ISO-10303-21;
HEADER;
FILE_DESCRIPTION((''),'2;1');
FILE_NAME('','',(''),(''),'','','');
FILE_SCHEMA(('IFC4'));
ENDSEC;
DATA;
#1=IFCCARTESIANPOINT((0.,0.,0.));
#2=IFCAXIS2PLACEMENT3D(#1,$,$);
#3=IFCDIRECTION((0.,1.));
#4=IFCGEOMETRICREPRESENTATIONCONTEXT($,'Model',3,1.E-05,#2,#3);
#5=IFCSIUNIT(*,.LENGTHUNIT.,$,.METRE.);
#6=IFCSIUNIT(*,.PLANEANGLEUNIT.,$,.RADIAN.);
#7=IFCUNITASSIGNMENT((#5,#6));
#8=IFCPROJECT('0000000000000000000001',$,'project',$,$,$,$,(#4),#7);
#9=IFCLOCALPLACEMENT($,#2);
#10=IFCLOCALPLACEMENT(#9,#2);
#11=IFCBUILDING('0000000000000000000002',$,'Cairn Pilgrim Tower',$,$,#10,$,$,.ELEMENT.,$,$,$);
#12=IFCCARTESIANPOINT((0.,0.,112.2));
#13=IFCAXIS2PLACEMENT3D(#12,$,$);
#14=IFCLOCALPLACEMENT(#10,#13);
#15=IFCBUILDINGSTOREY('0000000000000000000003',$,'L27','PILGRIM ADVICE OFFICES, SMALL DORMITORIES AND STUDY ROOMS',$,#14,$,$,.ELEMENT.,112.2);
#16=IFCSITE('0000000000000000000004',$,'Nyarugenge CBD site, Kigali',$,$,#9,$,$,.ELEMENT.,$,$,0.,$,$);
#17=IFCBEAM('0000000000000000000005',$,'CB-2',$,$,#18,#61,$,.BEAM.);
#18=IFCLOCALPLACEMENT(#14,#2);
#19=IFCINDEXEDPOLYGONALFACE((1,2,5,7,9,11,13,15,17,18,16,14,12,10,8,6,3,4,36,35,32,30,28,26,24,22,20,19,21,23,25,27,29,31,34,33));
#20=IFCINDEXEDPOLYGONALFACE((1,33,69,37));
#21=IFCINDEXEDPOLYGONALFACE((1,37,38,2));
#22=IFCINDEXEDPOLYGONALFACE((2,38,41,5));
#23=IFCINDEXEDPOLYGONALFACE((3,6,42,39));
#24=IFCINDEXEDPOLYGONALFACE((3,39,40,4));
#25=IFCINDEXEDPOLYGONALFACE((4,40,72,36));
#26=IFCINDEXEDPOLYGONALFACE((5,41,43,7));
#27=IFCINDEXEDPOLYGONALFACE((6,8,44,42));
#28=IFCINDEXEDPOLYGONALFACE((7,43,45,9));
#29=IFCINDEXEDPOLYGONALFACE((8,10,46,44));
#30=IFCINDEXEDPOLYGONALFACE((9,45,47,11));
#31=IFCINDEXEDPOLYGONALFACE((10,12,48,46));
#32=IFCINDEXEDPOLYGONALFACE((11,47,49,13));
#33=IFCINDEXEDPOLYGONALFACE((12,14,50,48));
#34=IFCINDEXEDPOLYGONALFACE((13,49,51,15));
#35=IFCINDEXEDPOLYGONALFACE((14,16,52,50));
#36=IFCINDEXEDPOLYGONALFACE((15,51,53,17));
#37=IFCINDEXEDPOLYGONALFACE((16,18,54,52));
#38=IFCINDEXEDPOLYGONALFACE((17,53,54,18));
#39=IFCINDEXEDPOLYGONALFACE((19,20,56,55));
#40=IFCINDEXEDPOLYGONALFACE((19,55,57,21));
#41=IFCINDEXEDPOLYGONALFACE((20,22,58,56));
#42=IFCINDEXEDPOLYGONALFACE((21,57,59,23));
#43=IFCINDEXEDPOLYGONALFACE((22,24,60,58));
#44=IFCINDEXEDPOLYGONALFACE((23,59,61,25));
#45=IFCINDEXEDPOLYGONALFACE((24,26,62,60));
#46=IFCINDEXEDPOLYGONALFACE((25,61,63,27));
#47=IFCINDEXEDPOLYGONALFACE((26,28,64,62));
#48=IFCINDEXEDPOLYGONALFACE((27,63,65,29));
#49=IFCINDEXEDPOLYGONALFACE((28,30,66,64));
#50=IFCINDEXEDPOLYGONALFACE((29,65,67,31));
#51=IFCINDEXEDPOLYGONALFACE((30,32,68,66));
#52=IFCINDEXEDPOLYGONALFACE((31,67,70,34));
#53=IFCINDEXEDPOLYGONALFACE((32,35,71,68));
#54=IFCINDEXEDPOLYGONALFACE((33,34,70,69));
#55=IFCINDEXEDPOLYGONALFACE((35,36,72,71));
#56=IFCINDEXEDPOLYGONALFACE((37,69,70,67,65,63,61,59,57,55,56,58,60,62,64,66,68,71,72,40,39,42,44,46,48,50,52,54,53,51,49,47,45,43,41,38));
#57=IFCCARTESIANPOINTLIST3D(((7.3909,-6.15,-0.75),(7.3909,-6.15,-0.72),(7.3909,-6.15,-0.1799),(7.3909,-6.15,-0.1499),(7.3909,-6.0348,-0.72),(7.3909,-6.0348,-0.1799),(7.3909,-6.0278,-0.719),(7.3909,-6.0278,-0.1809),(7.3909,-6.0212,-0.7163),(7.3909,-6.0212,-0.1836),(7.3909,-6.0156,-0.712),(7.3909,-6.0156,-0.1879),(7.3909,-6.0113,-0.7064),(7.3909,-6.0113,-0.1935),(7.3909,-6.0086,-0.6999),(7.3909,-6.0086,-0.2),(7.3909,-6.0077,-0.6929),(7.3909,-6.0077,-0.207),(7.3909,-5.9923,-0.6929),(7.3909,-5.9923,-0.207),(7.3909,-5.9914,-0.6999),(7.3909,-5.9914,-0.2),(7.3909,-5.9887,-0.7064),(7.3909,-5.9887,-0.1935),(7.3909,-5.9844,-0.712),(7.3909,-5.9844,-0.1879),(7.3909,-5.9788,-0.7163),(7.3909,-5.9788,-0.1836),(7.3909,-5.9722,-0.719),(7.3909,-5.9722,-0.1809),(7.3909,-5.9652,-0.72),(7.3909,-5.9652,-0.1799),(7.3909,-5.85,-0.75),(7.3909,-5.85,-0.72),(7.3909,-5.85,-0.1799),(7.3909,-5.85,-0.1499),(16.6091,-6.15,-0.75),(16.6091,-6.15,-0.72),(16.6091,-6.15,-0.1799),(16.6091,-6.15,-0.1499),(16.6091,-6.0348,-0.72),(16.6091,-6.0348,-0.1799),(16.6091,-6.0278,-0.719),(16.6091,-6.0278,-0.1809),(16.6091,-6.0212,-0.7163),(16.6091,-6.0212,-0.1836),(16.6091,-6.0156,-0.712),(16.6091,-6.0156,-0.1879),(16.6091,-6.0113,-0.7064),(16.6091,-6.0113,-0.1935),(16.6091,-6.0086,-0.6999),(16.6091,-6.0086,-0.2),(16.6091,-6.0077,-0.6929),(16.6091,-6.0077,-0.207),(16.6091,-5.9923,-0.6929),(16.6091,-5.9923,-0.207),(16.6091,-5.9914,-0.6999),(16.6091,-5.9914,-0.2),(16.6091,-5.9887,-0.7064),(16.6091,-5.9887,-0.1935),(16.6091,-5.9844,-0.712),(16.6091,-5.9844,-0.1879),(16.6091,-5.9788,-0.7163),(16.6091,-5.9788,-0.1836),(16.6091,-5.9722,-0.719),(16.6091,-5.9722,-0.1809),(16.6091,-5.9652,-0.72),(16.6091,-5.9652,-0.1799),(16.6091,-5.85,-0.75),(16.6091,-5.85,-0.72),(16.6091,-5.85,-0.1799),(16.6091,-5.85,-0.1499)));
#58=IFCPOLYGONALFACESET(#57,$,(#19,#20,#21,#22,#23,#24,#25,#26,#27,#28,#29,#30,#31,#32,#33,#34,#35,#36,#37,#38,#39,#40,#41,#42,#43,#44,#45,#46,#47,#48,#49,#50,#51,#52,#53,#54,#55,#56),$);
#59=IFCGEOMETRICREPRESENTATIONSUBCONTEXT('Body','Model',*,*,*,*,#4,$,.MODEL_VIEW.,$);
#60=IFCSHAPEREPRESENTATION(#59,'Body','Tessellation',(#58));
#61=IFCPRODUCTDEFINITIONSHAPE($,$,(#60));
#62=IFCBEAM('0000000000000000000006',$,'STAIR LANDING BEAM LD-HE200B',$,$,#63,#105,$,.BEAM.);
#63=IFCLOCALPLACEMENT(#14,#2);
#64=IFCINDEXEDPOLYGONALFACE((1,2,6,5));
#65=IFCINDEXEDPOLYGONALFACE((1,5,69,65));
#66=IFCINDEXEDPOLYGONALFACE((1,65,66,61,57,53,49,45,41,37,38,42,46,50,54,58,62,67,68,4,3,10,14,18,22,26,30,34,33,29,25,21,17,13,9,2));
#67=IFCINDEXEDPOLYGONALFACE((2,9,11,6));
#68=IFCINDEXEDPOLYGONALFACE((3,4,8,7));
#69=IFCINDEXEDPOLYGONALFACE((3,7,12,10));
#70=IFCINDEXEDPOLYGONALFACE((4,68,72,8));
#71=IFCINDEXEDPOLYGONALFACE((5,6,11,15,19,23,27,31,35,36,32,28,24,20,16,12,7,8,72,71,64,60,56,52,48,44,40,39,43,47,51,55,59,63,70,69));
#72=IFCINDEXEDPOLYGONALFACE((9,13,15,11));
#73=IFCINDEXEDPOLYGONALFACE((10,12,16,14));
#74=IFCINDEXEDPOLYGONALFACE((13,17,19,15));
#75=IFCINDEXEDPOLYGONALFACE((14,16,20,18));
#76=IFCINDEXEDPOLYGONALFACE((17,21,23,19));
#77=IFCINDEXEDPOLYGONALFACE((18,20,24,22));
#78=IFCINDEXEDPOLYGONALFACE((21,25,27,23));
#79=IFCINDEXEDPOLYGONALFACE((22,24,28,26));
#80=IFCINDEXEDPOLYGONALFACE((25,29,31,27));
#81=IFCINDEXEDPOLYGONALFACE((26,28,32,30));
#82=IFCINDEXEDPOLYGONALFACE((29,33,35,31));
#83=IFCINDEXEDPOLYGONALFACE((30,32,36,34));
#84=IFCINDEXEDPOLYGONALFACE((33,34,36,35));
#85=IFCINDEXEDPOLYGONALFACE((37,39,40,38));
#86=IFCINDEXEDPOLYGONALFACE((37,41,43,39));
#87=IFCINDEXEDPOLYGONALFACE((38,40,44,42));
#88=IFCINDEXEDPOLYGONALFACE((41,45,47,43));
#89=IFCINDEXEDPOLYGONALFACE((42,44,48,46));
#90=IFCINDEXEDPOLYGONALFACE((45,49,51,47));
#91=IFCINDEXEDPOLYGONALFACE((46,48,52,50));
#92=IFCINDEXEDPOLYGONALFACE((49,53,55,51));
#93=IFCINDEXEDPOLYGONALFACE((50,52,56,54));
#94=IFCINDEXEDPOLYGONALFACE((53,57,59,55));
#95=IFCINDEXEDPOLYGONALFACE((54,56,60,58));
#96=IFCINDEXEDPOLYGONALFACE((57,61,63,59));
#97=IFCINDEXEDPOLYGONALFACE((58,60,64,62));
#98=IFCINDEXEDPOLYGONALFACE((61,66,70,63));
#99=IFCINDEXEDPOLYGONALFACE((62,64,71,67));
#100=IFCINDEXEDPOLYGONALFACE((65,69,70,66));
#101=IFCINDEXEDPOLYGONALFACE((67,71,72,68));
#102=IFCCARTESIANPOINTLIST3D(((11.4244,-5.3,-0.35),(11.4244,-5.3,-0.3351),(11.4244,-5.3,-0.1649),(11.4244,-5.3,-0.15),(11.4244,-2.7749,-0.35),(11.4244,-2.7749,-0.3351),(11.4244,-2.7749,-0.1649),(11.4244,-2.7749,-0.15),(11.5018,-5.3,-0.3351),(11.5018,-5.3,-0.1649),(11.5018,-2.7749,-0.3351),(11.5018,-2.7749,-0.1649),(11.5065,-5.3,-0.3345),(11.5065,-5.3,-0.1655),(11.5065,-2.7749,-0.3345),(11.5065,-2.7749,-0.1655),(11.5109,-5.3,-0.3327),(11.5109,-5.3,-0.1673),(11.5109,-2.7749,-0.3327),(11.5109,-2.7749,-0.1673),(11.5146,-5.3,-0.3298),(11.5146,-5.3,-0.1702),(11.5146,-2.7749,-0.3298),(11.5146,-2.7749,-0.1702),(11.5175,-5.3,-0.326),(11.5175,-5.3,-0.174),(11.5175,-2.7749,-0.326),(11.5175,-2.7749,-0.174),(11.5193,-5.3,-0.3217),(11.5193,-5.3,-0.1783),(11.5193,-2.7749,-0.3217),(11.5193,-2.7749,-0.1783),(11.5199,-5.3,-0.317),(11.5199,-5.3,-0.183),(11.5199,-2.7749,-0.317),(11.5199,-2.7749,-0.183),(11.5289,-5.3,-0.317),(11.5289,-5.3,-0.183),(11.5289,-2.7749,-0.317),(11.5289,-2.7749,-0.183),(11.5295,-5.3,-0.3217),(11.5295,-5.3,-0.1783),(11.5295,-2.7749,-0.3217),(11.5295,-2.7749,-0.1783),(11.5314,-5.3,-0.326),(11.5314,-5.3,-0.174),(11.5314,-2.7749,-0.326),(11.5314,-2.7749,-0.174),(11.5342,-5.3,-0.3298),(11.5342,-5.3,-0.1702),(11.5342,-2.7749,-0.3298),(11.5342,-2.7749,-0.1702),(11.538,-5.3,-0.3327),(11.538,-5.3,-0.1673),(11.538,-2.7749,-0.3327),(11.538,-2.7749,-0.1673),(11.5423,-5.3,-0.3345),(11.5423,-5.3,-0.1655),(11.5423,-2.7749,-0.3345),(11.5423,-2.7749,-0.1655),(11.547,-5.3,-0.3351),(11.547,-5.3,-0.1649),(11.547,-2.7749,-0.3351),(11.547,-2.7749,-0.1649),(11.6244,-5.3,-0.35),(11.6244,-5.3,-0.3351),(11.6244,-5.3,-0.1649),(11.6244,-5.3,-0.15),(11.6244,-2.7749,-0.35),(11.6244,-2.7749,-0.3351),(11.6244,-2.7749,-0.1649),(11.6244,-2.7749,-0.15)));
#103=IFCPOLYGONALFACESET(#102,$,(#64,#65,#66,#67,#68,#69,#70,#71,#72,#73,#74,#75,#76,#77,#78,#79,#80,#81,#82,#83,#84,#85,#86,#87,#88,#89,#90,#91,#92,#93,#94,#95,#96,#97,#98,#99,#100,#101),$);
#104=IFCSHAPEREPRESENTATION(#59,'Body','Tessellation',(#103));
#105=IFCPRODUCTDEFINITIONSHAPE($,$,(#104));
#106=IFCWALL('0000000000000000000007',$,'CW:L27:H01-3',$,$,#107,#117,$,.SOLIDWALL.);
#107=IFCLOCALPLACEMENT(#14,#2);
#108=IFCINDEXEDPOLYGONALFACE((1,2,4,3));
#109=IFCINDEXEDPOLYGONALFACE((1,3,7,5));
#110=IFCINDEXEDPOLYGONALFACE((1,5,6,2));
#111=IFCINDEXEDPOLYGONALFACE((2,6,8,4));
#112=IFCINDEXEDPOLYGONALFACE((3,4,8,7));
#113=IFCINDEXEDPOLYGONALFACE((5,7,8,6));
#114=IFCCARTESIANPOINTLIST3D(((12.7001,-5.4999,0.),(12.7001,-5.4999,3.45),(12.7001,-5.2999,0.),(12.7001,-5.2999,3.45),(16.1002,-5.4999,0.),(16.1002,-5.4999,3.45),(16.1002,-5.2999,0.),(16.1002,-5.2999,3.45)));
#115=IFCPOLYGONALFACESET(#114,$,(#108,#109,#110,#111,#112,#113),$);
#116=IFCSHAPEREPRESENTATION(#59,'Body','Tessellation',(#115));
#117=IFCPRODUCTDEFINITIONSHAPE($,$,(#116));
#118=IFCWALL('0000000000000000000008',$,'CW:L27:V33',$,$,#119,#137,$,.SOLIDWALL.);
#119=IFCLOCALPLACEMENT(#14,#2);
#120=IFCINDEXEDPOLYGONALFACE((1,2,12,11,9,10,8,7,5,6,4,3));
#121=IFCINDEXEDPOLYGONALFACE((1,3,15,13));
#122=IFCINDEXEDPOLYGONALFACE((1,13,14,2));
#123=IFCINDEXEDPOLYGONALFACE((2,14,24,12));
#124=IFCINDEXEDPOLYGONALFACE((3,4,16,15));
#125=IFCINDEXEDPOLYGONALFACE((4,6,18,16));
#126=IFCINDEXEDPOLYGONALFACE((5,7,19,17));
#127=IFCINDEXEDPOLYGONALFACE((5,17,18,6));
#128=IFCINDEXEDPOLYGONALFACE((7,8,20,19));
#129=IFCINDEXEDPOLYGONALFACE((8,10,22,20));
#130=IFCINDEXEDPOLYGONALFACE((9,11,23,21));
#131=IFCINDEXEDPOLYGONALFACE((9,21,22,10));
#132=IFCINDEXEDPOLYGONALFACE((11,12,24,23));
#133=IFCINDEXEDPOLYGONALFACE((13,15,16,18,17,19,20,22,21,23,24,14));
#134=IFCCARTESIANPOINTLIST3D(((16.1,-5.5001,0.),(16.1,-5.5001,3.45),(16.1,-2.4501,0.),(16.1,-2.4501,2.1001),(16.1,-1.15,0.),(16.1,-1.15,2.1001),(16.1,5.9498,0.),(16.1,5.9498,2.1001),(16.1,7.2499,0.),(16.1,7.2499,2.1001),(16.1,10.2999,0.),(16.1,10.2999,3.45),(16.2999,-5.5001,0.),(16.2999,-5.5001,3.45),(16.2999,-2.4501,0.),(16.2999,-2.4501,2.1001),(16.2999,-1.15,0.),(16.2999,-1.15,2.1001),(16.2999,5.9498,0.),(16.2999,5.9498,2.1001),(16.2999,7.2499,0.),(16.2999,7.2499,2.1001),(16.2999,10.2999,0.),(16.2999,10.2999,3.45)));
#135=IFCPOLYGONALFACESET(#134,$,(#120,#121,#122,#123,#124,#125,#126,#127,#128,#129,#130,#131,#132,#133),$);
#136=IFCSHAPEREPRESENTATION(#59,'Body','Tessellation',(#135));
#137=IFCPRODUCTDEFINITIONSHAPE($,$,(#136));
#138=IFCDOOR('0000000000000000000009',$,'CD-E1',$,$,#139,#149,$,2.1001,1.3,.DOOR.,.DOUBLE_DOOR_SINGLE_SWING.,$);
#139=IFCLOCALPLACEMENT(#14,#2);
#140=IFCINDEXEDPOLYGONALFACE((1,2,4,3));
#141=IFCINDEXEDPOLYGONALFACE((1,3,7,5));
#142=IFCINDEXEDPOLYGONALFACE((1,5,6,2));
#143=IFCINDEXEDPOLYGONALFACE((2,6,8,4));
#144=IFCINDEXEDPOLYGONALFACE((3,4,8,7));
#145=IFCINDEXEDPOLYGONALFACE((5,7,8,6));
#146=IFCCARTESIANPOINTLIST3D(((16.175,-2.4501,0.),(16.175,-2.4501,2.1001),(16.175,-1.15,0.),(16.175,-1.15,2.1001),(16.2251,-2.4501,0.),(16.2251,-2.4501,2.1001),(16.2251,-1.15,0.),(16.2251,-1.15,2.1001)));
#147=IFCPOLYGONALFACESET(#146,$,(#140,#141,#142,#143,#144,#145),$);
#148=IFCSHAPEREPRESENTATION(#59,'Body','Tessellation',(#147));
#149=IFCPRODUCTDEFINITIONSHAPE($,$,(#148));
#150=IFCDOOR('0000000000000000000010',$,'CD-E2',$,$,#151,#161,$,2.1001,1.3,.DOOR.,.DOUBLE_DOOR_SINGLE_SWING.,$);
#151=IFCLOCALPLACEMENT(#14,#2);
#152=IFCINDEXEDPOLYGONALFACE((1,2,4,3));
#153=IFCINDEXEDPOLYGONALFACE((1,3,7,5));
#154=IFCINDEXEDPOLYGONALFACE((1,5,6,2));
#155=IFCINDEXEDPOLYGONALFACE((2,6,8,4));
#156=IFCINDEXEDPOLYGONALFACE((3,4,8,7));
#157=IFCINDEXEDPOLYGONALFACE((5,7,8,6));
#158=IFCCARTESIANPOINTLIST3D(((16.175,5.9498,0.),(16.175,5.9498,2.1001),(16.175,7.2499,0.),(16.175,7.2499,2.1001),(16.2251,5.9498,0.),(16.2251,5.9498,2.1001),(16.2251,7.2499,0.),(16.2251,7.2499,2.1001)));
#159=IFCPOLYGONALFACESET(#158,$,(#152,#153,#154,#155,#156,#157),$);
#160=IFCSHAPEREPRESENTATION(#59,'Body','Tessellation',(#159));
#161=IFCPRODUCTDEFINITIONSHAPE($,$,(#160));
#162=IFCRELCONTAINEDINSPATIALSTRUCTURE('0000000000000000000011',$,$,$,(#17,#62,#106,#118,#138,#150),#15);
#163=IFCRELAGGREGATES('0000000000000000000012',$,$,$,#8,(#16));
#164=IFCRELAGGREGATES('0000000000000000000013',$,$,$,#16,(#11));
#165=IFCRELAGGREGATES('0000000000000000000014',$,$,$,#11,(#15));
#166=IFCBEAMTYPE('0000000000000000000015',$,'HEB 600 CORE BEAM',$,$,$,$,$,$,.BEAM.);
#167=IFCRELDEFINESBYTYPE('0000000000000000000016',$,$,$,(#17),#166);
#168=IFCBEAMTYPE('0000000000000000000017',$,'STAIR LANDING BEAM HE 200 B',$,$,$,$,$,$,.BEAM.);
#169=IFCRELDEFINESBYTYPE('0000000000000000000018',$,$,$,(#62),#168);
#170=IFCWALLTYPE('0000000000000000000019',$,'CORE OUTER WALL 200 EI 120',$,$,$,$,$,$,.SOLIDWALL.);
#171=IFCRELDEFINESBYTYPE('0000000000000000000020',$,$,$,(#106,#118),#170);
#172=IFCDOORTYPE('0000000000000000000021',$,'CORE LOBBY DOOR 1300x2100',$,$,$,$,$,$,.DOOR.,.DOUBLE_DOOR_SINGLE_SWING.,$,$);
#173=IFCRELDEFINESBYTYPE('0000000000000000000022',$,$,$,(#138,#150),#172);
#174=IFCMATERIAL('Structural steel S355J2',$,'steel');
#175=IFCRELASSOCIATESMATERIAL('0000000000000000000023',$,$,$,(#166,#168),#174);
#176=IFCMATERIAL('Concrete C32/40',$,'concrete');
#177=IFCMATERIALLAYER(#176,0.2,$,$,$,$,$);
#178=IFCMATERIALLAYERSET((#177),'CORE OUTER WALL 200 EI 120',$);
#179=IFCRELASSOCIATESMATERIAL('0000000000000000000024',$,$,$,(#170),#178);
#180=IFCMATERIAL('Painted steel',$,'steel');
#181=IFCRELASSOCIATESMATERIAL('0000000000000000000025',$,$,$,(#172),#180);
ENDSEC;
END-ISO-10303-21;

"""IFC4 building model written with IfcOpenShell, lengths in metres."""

from ifc_helpers import new_model, si_unit, direction, frame, frame_2d, origin, origin_2d, place, context, subcontext, project, spatial, rectangle, i_section, extrude, material, layer, layer_set, material_profile, profile_set, type_object, element, fill, save


model = new_model("IFC4")

# Units and contexts
model_context = context("Model", 3, precision=1e-05, world=origin(), true_north=direction((0.0, 1.0)))
body_context = subcontext(model_context, "Body", "Model", "MODEL_VIEW")
ifc_project = project(units=[si_unit("LENGTHUNIT", "METRE"), si_unit("PLANEANGLEUNIT", "RADIAN")], contexts=[model_context])

# Site, building, storey
site_placement = place(None, origin())
site = spatial("IfcSite", under=ifc_project, at=site_placement, Name="Nyarugenge CBD site, Kigali", CompositionType="ELEMENT", RefElevation=0.0)
building_placement = place(site_placement, origin())
building = spatial("IfcBuilding", under=site, at=building_placement, Name="Cairn Pilgrim Tower", CompositionType="ELEMENT")
storey_placement = place(building_placement, frame((0.0, 0.0, 112.2)))
storey = spatial("IfcBuildingStorey", under=building, at=storey_placement, Name="L27", Description="PILGRIM ADVICE OFFICES, SMALL DORMITORIES AND STUDY ROOMS", CompositionType="ELEMENT", Elevation=112.2)

# Beams
ifc_material_1 = material(Name="Structural steel S355J2", Category="steel")
ifc_material_profile_1 = material_profile(ifc_material_1, i_section(OverallWidth=0.3, OverallDepth=0.6001, WebThickness=0.0154, FlangeThickness=0.03, FilletRadius=0.0271, at=origin_2d()), Name="HEB 600")
ifc_profile_set_1 = profile_set([ifc_material_profile_1], Name="Structural steel S355J2")
beam_type_1 = type_object("IfcBeamType", Name="HEB 600 CORE BEAM", PredefinedType="BEAM", material=ifc_profile_set_1)
beam_1_placement = place(storey_placement, frame((7.3909, -6.0, -0.45), z_axis=(1.0, 0.0, 0.0), x_axis=(0.0, 1.0, 0.0)))
element("IfcBeam", 1, at=beam_1_placement, inside=storey, type_object=beam_type_1, Name="CB-2", PredefinedType="BEAM", context=body_context, shape_type="SweptSolid", body=[
    extrude(i_section(OverallWidth=0.3, OverallDepth=0.6001, WebThickness=0.0154, FlangeThickness=0.03, FilletRadius=0.0271, at=origin_2d()), origin(), (0.0, 0.0, 1.0), 9.2183),
])
ifc_material_profile_2 = material_profile(ifc_material_1, i_section(OverallWidth=0.2, OverallDepth=0.2, WebThickness=0.009, FlangeThickness=0.0149, FilletRadius=0.0181, at=origin_2d()), Name="HE 200 B")
ifc_profile_set_2 = profile_set([ifc_material_profile_2], Name="Structural steel S355J2")
beam_type_2 = type_object("IfcBeamType", Name="STAIR LANDING BEAM HE 200 B", PredefinedType="BEAM", material=ifc_profile_set_2)
beam_2_placement = place(storey_placement, frame((11.5244, -2.7749, -0.25), z_axis=(0.0, -1.0, 0.0), x_axis=(1.0, 0.0, 0.0)))
element("IfcBeam", 2, at=beam_2_placement, inside=storey, type_object=beam_type_2, Name="STAIR LANDING BEAM LD-HE200B", PredefinedType="BEAM", context=body_context, shape_type="SweptSolid", body=[
    extrude(i_section(OverallWidth=0.2, OverallDepth=0.2, WebThickness=0.009, FlangeThickness=0.0149, FilletRadius=0.0181, at=origin_2d()), origin(), (0.0, 0.0, 1.0), 2.5251),
])

# Wall
ifc_material_2 = material(Name="Concrete C32/40", Category="concrete")
ifc_layer_1 = layer(ifc_material_2, 0.2)
ifc_layer_set_1 = layer_set([ifc_layer_1], Name="CORE OUTER WALL 200 EI 120")
wall_type_1 = type_object("IfcWallType", Name="CORE OUTER WALL 200 EI 120", PredefinedType="SOLIDWALL", material=ifc_layer_set_1)
wall_1_placement = place(storey_placement, frame((12.7, -5.3999, 0.0), z_axis=(0.0, 0.0, 1.0), x_axis=(1.0, 0.0, 0.0)))
element("IfcWall", 3, at=wall_1_placement, inside=storey, type_object=wall_type_1, Name="CW:L27:H01-3", PredefinedType="SOLIDWALL", context=body_context, shape_type="SweptSolid", body=[
    extrude(rectangle(XDim=3.4001, YDim=0.2, at=frame_2d((1.7002, 0.0))), origin(), (0.0, 0.0, 1.0), 3.45),
])

# Wall, openings, doors
wall_2_placement = place(storey_placement, frame((16.2, -5.5, 0.0), z_axis=(0.0, 0.0, 1.0), x_axis=(0.0, 1.0, 0.0)))
wall_2 = element("IfcWall", 4, at=wall_2_placement, inside=storey, type_object=wall_type_1, Name="CW:L27:V33", PredefinedType="SOLIDWALL", context=body_context, shape_type="SweptSolid", body=[
    extrude(rectangle(XDim=15.8, YDim=0.2, at=frame_2d((7.8999, 0.0))), origin(), (0.0, 0.0, 1.0), 3.45),
])
opening_1_placement = place(wall_2_placement, frame((3.05, 0.0, 0.0)))
opening_1 = element("IfcOpeningElement", 5, at=opening_1_placement, cuts=wall_2, PredefinedType="OPENING", context=body_context, shape_type="SweptSolid", body=[
    extrude(rectangle(XDim=1.3, YDim=2.1001, at=frame_2d((0.6499, 1.05))), frame((0.0, 0.1099, 0.0), z_axis=(0.0, -1.0, 0.0), x_axis=(1.0, 0.0, 0.0)), (0.0, 0.0, 1.0), 0.22),
])
opening_2_placement = place(wall_2_placement, frame((11.45, 0.0, 0.0)))
opening_2 = element("IfcOpeningElement", 6, at=opening_2_placement, cuts=wall_2, PredefinedType="OPENING", context=body_context, shape_type="SweptSolid", body=[
    extrude(rectangle(XDim=1.3, YDim=2.1001, at=frame_2d((0.6499, 1.05))), frame((0.0, 0.1099, 0.0), z_axis=(0.0, -1.0, 0.0), x_axis=(1.0, 0.0, 0.0)), (0.0, 0.0, 1.0), 0.22),
])
ifc_material_3 = material(Name="Painted steel", Category="steel")
door_type_1 = type_object("IfcDoorType", Name="CORE LOBBY DOOR 1300x2100", OperationType="DOUBLE_DOOR_SINGLE_SWING", PredefinedType="DOOR", material=ifc_material_3)
door_1_placement = place(opening_1_placement, origin())
door_1 = element("IfcDoor", 7, at=door_1_placement, inside=storey, type_object=door_type_1, Name="CD-E1", OperationType="DOUBLE_DOOR_SINGLE_SWING", OverallHeight=2.1001, OverallWidth=1.3, PredefinedType="DOOR", context=body_context, shape_type="SweptSolid", body=[
    extrude(rectangle(XDim=1.3, YDim=2.1001, at=frame_2d((0.6499, 1.05))), frame((0.0, 0.0249, 0.0), z_axis=(0.0, -1.0, 0.0), x_axis=(1.0, 0.0, 0.0)), (0.0, 0.0, 1.0), 0.05),
])
fill(opening_1, door_1)
door_2_placement = place(opening_2_placement, origin())
door_2 = element("IfcDoor", 8, at=door_2_placement, inside=storey, type_object=door_type_1, Name="CD-E2", OperationType="DOUBLE_DOOR_SINGLE_SWING", OverallHeight=2.1001, OverallWidth=1.3, PredefinedType="DOOR", context=body_context, shape_type="SweptSolid", body=[
    extrude(rectangle(XDim=1.3, YDim=2.1001, at=frame_2d((0.6499, 1.05))), frame((0.0, 0.0249, 0.0), z_axis=(0.0, -1.0, 0.0), x_axis=(1.0, 0.0, 0.0)), (0.0, 0.0, 1.0), 0.05),
])
fill(opening_2, door_2)

save(model, "model.ifc")
